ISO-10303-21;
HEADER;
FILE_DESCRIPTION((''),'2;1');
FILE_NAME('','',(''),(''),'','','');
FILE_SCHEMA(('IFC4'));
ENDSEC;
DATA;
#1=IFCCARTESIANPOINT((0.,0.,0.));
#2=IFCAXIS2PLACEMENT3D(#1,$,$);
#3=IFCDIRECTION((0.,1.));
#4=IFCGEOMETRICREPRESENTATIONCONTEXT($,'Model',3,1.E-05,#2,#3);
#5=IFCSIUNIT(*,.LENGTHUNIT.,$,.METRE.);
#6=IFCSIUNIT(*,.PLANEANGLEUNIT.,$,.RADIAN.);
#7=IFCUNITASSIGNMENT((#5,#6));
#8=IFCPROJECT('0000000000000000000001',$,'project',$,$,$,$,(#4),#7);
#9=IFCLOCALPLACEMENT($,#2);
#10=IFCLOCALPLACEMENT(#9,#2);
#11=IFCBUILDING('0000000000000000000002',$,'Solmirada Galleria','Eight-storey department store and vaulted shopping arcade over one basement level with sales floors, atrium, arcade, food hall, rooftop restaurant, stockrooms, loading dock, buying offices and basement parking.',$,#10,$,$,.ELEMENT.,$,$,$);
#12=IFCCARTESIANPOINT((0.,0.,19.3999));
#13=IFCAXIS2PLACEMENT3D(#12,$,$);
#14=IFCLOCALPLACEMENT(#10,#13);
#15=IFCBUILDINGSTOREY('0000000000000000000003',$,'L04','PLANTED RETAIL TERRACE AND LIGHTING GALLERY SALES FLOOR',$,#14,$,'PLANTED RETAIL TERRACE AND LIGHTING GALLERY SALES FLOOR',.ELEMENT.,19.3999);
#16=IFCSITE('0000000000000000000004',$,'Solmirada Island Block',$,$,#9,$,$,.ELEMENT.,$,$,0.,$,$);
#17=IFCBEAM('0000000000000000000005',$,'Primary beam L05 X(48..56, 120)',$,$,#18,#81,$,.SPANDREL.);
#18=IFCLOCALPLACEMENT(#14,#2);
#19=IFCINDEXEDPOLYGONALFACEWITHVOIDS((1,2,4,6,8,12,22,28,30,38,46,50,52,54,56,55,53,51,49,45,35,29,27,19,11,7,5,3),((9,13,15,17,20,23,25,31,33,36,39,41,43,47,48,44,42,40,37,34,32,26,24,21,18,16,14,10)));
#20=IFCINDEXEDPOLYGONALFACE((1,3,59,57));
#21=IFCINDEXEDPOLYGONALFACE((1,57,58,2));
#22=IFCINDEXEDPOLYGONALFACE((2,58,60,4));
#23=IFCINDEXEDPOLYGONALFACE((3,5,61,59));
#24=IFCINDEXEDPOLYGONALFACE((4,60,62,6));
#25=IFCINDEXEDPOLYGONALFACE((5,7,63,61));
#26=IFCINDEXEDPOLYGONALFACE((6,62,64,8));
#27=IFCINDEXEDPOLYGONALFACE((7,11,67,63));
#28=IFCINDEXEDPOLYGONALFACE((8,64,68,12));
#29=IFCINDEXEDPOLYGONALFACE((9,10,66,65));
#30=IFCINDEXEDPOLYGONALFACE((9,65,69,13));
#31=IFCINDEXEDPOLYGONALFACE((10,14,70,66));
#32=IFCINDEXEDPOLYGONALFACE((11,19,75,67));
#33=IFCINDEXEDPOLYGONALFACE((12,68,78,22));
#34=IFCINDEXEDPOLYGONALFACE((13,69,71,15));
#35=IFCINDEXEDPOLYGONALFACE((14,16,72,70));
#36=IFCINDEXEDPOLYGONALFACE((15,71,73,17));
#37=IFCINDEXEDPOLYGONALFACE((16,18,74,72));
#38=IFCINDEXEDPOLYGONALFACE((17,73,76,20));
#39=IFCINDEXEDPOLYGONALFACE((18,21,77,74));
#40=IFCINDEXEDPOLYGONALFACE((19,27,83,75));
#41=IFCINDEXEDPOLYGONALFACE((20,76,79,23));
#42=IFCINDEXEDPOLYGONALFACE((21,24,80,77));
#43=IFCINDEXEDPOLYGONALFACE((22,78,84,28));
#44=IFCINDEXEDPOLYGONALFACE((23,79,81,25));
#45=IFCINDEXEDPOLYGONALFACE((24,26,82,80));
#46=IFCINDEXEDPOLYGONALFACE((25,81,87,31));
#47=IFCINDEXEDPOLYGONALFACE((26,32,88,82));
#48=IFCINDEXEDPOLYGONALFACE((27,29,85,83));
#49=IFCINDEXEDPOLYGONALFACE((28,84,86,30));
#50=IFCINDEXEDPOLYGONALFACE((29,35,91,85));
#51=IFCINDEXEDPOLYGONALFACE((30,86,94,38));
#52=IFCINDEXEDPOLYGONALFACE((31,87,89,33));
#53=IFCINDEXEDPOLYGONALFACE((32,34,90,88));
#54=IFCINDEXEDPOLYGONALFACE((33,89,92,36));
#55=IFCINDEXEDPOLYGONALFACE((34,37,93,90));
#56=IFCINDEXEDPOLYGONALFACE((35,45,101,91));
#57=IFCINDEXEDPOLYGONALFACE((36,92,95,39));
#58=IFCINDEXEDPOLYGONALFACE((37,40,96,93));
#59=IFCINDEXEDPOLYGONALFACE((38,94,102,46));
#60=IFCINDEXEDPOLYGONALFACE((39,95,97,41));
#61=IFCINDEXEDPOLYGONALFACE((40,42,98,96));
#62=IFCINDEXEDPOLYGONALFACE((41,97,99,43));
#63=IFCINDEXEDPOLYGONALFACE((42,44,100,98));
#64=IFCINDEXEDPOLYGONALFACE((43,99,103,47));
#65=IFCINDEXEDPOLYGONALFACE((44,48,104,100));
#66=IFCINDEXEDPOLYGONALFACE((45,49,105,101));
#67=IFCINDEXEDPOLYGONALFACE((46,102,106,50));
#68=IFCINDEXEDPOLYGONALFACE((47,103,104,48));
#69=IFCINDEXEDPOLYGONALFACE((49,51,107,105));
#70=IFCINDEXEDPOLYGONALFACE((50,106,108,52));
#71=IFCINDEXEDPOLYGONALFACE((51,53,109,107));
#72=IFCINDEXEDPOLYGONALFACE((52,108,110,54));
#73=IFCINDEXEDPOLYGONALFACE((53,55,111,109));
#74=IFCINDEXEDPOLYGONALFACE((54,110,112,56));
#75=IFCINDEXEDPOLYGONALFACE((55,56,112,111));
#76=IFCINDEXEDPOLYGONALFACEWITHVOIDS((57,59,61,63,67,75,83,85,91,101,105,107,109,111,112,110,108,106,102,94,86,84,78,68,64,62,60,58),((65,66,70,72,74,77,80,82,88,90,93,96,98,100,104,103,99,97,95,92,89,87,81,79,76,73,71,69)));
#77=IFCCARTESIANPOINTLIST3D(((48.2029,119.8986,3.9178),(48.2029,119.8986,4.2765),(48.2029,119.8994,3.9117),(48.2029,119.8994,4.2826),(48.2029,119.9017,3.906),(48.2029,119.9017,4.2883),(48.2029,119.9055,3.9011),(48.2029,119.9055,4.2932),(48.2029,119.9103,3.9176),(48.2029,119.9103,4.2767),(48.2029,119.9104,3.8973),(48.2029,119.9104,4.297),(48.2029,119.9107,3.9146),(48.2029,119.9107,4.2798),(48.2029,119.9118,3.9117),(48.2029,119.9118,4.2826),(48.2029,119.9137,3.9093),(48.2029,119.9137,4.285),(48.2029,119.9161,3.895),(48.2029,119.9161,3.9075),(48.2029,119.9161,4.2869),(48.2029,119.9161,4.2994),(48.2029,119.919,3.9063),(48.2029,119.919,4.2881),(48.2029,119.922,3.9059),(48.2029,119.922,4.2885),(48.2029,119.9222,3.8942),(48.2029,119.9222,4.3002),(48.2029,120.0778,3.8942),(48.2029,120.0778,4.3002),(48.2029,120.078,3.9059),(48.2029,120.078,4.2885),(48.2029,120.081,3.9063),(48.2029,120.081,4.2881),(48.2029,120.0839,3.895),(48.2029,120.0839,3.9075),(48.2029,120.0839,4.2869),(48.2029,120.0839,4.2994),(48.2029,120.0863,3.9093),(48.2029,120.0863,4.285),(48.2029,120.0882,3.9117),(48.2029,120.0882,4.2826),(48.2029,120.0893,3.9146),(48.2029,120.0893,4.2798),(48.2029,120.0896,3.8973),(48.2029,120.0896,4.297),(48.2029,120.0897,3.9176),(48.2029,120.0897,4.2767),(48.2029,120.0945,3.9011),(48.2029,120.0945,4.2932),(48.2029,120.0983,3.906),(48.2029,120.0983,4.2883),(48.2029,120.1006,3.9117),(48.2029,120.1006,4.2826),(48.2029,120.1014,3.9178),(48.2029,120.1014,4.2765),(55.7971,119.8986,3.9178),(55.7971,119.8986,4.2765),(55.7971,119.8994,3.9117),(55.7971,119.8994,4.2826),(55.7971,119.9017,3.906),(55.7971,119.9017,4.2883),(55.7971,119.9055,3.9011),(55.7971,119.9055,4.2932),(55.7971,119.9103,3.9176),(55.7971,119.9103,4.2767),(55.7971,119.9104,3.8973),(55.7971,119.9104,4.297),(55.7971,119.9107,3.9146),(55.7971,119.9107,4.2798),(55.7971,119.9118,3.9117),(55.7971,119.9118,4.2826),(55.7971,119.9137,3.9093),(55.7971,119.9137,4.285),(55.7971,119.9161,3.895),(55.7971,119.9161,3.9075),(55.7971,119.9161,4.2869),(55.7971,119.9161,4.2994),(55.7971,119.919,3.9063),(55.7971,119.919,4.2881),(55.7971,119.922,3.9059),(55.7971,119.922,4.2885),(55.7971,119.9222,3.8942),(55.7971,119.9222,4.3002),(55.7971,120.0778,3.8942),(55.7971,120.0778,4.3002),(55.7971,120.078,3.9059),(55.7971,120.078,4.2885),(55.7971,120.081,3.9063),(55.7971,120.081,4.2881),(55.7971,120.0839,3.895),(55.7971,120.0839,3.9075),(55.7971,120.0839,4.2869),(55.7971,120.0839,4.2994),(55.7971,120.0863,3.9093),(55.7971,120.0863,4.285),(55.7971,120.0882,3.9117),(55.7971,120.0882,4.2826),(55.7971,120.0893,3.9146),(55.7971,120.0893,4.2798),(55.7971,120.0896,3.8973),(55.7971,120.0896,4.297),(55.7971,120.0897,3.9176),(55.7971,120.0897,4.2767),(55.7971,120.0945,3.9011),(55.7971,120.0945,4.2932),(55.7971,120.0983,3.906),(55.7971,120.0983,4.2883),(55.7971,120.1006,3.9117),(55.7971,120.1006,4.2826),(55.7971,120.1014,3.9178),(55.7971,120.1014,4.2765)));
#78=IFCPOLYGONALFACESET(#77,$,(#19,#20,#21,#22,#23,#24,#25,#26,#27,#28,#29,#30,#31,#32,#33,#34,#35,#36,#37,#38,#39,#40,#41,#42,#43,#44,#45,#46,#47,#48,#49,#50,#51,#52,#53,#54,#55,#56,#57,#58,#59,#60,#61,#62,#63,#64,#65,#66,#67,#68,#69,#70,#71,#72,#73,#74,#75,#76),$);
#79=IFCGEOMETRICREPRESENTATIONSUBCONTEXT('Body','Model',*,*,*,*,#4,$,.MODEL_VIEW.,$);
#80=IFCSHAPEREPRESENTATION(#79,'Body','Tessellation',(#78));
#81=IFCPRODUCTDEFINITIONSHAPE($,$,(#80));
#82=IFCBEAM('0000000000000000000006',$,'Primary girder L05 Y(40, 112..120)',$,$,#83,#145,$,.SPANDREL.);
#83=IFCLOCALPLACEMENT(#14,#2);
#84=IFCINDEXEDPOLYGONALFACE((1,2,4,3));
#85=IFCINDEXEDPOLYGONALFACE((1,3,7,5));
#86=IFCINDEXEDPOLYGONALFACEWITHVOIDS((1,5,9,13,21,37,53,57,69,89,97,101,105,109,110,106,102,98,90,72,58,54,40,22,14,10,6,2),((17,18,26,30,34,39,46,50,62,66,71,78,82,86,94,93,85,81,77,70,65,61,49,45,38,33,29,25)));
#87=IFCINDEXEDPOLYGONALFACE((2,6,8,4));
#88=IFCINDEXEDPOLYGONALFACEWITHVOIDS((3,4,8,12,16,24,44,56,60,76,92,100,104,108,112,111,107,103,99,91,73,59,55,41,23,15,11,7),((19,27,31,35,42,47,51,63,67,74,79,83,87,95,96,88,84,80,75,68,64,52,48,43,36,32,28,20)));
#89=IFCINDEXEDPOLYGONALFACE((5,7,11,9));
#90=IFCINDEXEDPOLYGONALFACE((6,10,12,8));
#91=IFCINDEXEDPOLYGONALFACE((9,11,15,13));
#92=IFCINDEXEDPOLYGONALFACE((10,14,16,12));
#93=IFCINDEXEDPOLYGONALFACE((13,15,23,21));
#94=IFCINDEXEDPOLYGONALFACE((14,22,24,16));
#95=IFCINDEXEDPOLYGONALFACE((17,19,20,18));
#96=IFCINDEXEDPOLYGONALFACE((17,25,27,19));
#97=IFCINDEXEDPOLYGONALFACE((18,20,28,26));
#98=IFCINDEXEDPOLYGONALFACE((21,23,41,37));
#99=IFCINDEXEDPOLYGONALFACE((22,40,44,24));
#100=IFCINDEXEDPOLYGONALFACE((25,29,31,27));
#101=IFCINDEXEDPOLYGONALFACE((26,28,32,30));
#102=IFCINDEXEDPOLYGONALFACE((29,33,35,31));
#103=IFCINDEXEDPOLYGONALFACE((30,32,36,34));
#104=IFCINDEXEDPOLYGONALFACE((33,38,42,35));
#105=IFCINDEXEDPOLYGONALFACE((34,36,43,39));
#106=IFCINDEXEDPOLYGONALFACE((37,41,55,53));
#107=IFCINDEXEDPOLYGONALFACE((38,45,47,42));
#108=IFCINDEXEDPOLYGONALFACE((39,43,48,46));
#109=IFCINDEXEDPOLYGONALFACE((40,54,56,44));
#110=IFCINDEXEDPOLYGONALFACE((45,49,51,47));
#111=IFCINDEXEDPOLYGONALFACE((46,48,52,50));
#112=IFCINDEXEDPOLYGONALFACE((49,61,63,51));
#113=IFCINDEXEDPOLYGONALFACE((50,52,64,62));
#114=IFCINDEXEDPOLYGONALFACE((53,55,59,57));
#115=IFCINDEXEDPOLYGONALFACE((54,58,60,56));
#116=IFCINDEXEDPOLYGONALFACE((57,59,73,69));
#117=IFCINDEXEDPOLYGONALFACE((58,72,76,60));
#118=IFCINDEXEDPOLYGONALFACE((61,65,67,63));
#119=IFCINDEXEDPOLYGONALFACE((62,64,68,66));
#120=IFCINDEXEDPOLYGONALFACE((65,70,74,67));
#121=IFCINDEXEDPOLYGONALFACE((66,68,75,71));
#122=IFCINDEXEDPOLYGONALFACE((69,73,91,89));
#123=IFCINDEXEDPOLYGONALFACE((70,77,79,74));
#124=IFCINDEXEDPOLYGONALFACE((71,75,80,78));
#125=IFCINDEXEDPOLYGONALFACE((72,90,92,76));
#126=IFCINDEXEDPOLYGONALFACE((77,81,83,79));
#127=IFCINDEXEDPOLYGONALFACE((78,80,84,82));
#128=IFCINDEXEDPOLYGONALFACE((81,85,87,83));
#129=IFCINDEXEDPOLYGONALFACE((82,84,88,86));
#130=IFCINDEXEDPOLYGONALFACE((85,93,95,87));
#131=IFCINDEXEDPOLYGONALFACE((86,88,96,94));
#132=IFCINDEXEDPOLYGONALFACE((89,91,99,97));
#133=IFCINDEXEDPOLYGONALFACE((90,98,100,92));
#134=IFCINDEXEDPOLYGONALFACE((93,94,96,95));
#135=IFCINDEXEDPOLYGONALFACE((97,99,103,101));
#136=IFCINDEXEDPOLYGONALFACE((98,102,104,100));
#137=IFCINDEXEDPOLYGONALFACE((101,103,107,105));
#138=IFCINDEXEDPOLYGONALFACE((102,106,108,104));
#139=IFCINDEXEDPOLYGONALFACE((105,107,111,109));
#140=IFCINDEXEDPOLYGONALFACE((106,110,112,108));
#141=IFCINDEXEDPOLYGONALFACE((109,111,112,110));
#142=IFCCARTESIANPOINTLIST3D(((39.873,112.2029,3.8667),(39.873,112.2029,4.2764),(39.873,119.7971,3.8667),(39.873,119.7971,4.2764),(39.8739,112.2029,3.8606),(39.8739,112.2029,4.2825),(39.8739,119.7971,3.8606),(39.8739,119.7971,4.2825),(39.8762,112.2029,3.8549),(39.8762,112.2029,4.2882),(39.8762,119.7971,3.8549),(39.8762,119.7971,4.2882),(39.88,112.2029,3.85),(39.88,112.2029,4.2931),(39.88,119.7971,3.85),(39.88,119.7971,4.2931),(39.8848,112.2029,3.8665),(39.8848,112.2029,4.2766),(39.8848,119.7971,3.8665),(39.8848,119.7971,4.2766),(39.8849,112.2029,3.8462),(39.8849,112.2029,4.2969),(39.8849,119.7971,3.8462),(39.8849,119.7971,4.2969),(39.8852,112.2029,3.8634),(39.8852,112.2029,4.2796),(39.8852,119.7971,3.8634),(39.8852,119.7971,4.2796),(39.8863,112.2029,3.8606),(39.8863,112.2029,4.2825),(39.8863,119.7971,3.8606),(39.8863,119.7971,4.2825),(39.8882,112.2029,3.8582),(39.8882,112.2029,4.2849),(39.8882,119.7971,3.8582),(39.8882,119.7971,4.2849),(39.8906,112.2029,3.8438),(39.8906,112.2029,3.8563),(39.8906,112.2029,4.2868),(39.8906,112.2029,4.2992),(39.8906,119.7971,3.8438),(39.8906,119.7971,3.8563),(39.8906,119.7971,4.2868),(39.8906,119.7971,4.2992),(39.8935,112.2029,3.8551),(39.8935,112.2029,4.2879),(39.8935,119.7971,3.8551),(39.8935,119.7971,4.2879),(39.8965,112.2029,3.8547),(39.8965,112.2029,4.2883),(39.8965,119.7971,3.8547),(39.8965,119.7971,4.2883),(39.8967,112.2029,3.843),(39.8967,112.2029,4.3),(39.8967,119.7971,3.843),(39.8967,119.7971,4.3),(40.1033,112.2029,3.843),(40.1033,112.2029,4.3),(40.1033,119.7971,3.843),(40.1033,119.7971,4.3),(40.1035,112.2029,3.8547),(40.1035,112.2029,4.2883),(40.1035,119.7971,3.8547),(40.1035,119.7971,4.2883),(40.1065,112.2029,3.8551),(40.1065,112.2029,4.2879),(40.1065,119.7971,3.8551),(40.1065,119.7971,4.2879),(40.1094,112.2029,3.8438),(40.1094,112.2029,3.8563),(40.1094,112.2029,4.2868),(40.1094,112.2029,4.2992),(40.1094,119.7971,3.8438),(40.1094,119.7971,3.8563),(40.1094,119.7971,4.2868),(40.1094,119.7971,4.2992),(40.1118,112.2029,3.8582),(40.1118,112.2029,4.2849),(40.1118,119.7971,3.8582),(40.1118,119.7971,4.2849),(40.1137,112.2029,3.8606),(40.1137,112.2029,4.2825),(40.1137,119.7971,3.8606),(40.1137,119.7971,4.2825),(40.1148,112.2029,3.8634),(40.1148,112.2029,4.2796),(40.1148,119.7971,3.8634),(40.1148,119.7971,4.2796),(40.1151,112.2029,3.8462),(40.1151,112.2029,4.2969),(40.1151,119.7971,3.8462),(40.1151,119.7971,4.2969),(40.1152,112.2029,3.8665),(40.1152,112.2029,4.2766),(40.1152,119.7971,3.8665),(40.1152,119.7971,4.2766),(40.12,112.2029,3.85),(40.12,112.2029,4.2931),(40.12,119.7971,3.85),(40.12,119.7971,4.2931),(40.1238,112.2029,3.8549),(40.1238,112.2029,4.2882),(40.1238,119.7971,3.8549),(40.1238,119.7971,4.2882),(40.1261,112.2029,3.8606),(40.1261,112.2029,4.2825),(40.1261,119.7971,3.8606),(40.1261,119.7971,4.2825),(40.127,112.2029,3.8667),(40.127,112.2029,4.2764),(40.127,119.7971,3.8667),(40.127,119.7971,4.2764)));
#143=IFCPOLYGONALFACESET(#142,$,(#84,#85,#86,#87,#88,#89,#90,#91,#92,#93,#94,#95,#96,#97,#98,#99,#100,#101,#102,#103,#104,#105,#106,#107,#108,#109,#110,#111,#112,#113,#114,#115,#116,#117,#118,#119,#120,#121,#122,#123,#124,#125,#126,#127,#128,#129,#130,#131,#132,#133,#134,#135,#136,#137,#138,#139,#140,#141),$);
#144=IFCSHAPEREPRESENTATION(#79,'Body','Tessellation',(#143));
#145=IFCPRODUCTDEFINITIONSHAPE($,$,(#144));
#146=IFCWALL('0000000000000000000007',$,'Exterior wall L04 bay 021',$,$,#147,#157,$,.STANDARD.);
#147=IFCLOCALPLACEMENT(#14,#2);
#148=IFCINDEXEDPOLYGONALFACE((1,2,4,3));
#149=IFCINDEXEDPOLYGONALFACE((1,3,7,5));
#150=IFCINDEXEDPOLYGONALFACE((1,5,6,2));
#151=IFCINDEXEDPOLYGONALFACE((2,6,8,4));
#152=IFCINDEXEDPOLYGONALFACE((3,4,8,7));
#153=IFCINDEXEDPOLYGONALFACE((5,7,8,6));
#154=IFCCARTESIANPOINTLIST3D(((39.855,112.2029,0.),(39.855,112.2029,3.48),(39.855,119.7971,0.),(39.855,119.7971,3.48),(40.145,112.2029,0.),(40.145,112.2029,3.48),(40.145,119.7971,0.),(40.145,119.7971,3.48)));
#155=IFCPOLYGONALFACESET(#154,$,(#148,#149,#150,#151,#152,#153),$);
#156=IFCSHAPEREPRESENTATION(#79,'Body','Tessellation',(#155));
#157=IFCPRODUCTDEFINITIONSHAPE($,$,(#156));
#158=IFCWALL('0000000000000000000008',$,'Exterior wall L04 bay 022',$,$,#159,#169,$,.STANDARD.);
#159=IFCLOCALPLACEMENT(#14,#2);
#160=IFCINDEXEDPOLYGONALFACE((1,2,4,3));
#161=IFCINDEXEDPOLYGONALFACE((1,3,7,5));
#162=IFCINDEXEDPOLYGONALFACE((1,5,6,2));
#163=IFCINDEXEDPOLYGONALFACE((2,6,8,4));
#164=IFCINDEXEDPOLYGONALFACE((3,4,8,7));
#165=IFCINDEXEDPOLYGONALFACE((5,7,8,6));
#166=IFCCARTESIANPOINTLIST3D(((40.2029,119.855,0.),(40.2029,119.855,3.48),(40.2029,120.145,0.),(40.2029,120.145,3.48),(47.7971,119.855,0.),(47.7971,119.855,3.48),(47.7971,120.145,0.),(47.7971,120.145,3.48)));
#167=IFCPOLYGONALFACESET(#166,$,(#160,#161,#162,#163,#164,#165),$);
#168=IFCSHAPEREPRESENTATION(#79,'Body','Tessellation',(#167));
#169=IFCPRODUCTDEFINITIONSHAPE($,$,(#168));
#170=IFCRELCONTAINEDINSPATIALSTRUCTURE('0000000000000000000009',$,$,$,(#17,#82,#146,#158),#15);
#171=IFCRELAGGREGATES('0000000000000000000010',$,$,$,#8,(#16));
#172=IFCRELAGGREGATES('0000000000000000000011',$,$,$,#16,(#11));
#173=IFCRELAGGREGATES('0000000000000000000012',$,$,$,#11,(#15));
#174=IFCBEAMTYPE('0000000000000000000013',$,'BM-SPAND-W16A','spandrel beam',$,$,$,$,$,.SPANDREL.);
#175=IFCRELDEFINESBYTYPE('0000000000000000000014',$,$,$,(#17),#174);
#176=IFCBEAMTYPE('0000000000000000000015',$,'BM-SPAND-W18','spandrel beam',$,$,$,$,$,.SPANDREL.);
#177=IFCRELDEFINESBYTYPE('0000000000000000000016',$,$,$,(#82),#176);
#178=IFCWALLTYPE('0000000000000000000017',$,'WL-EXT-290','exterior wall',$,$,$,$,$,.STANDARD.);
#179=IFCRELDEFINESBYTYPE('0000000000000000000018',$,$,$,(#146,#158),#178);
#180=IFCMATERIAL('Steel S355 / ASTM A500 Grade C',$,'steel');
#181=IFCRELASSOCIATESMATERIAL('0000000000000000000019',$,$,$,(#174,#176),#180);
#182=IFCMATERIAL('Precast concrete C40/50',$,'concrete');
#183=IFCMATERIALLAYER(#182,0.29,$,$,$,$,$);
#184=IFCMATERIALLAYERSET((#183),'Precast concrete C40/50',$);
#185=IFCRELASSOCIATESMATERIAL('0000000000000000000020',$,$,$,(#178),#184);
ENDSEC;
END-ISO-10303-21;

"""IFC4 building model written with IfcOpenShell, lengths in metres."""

from ifc_helpers import new_model, si_unit, direction, frame, frame_2d, origin, origin_2d, place, context, subcontext, project, spatial, rectangle, hollow_rectangle, extrude, material, layer, layer_set, material_profile, profile_set, type_object, element, save


model = new_model("IFC4")

# Units and contexts
model_context = context("Model", 3, precision=1e-05, world=origin(), true_north=direction((0.0, 1.0)))
body_context = subcontext(model_context, "Body", "Model", "MODEL_VIEW")
ifc_project = project(units=[si_unit("LENGTHUNIT", "METRE"), si_unit("PLANEANGLEUNIT", "RADIAN")], contexts=[model_context])

# Site, building, storey
site_placement = place(None, origin())
site = spatial("IfcSite", under=ifc_project, at=site_placement, Name="Solmirada Island Block", CompositionType="ELEMENT", RefElevation=0.0)
building_placement = place(site_placement, origin())
building = spatial("IfcBuilding", under=site, at=building_placement, Name="Solmirada Galleria", Description="Eight-storey department store and vaulted shopping arcade over one basement level with sales floors, atrium, arcade, food hall, rooftop restaurant, stockrooms, loading dock, buying offices and basement parking.", CompositionType="ELEMENT")
storey_placement = place(building_placement, frame((0.0, 0.0, 19.3999)))
storey = spatial("IfcBuildingStorey", under=building, at=storey_placement, Name="L04", Description="PLANTED RETAIL TERRACE AND LIGHTING GALLERY SALES FLOOR", LongName="PLANTED RETAIL TERRACE AND LIGHTING GALLERY SALES FLOOR", CompositionType="ELEMENT", Elevation=19.3999)

# Shared definitions
ifc_material_1 = material(Name="Steel S355 / ASTM A500 Grade C", Category="steel")

# Beams
ifc_material_profile_1 = material_profile(ifc_material_1, hollow_rectangle(XDim=0.2029, YDim=0.406, WallThickness=0.0117, InnerFilletRadius=0.0117, OuterFilletRadius=0.0237, at=origin_2d()), Name="HSS16X8X1/2")
ifc_profile_set_1 = profile_set([ifc_material_profile_1], Name="Steel S355 / ASTM A500 Grade C")
beam_type_1 = type_object("IfcBeamType", Name="BM-SPAND-W16A", Description="spandrel beam", PredefinedType="SPANDREL", material=ifc_profile_set_1)
for number, where, z_axis, x_axis, name in (
    (1, (48.2029, 120.0, 4.0972), (1.0, 0.0, 0.0), (0.0, 1.0, 0.0), "Primary beam L05 X(48..56, 120)"),
):
    element("IfcBeam", number, at=place(storey_placement, frame(where, z_axis=z_axis, x_axis=x_axis)), inside=storey, type_object=beam_type_1, Name=name, PredefinedType="SPANDREL", context=body_context, shape_type="SweptSolid", body=[
        extrude(hollow_rectangle(XDim=0.2029, YDim=0.406, WallThickness=0.0117, InnerFilletRadius=0.0117, OuterFilletRadius=0.0237, at=origin_2d()), origin(), (0.0, 0.0, 1.0), 7.5942),
    ])
ifc_material_profile_2 = material_profile(ifc_material_1, hollow_rectangle(XDim=0.2539, YDim=0.457, WallThickness=0.0117, InnerFilletRadius=0.0117, OuterFilletRadius=0.0237, at=origin_2d()), Name="HSS18X10X1/2")
ifc_profile_set_2 = profile_set([ifc_material_profile_2], Name="Steel S355 / ASTM A500 Grade C")
beam_type_2 = type_object("IfcBeamType", Name="BM-SPAND-W18", Description="spandrel beam", PredefinedType="SPANDREL", material=ifc_profile_set_2)
beam_1_placement = place(storey_placement, frame((40.0, 112.2029, 4.0715), z_axis=(0.0, 1.0, 0.0), x_axis=(-1.0, 0.0, 0.0)))
element("IfcBeam", 2, at=beam_1_placement, inside=storey, type_object=beam_type_2, Name="Primary girder L05 Y(40, 112..120)", PredefinedType="SPANDREL", context=body_context, shape_type="SweptSolid", body=[
    extrude(hollow_rectangle(XDim=0.2539, YDim=0.457, WallThickness=0.0117, InnerFilletRadius=0.0117, OuterFilletRadius=0.0237, at=origin_2d()), origin(), (0.0, 0.0, 1.0), 7.5942),
])

# Walls
ifc_material_2 = material(Name="Precast concrete C40/50", Category="concrete")
ifc_layer_1 = layer(ifc_material_2, 0.29)
ifc_layer_set_1 = layer_set([ifc_layer_1], Name="Precast concrete C40/50")
wall_type_1 = type_object("IfcWallType", Name="WL-EXT-290", Description="exterior wall", PredefinedType="STANDARD", material=ifc_layer_set_1)
for number, where, z_axis, x_axis, name in (
    (3, (40.0, 112.2029, 0.0), (0.0, 0.0, 1.0), (0.0, 1.0, 0.0), "Exterior wall L04 bay 021"),
    (4, (40.2029, 120.0, 0.0), (0.0, 0.0, 1.0), (1.0, 0.0, 0.0), "Exterior wall L04 bay 022"),
):
    element("IfcWall", number, at=place(storey_placement, frame(where, z_axis=z_axis, x_axis=x_axis)), inside=storey, type_object=wall_type_1, Name=name, PredefinedType="STANDARD", context=body_context, shape_type="SweptSolid", body=[
        extrude(rectangle(XDim=7.5942, YDim=0.29, at=frame_2d((3.7971, 0.0))), origin(), (0.0, 0.0, 1.0), 3.48),
    ])

save(model, "model.ifc")
